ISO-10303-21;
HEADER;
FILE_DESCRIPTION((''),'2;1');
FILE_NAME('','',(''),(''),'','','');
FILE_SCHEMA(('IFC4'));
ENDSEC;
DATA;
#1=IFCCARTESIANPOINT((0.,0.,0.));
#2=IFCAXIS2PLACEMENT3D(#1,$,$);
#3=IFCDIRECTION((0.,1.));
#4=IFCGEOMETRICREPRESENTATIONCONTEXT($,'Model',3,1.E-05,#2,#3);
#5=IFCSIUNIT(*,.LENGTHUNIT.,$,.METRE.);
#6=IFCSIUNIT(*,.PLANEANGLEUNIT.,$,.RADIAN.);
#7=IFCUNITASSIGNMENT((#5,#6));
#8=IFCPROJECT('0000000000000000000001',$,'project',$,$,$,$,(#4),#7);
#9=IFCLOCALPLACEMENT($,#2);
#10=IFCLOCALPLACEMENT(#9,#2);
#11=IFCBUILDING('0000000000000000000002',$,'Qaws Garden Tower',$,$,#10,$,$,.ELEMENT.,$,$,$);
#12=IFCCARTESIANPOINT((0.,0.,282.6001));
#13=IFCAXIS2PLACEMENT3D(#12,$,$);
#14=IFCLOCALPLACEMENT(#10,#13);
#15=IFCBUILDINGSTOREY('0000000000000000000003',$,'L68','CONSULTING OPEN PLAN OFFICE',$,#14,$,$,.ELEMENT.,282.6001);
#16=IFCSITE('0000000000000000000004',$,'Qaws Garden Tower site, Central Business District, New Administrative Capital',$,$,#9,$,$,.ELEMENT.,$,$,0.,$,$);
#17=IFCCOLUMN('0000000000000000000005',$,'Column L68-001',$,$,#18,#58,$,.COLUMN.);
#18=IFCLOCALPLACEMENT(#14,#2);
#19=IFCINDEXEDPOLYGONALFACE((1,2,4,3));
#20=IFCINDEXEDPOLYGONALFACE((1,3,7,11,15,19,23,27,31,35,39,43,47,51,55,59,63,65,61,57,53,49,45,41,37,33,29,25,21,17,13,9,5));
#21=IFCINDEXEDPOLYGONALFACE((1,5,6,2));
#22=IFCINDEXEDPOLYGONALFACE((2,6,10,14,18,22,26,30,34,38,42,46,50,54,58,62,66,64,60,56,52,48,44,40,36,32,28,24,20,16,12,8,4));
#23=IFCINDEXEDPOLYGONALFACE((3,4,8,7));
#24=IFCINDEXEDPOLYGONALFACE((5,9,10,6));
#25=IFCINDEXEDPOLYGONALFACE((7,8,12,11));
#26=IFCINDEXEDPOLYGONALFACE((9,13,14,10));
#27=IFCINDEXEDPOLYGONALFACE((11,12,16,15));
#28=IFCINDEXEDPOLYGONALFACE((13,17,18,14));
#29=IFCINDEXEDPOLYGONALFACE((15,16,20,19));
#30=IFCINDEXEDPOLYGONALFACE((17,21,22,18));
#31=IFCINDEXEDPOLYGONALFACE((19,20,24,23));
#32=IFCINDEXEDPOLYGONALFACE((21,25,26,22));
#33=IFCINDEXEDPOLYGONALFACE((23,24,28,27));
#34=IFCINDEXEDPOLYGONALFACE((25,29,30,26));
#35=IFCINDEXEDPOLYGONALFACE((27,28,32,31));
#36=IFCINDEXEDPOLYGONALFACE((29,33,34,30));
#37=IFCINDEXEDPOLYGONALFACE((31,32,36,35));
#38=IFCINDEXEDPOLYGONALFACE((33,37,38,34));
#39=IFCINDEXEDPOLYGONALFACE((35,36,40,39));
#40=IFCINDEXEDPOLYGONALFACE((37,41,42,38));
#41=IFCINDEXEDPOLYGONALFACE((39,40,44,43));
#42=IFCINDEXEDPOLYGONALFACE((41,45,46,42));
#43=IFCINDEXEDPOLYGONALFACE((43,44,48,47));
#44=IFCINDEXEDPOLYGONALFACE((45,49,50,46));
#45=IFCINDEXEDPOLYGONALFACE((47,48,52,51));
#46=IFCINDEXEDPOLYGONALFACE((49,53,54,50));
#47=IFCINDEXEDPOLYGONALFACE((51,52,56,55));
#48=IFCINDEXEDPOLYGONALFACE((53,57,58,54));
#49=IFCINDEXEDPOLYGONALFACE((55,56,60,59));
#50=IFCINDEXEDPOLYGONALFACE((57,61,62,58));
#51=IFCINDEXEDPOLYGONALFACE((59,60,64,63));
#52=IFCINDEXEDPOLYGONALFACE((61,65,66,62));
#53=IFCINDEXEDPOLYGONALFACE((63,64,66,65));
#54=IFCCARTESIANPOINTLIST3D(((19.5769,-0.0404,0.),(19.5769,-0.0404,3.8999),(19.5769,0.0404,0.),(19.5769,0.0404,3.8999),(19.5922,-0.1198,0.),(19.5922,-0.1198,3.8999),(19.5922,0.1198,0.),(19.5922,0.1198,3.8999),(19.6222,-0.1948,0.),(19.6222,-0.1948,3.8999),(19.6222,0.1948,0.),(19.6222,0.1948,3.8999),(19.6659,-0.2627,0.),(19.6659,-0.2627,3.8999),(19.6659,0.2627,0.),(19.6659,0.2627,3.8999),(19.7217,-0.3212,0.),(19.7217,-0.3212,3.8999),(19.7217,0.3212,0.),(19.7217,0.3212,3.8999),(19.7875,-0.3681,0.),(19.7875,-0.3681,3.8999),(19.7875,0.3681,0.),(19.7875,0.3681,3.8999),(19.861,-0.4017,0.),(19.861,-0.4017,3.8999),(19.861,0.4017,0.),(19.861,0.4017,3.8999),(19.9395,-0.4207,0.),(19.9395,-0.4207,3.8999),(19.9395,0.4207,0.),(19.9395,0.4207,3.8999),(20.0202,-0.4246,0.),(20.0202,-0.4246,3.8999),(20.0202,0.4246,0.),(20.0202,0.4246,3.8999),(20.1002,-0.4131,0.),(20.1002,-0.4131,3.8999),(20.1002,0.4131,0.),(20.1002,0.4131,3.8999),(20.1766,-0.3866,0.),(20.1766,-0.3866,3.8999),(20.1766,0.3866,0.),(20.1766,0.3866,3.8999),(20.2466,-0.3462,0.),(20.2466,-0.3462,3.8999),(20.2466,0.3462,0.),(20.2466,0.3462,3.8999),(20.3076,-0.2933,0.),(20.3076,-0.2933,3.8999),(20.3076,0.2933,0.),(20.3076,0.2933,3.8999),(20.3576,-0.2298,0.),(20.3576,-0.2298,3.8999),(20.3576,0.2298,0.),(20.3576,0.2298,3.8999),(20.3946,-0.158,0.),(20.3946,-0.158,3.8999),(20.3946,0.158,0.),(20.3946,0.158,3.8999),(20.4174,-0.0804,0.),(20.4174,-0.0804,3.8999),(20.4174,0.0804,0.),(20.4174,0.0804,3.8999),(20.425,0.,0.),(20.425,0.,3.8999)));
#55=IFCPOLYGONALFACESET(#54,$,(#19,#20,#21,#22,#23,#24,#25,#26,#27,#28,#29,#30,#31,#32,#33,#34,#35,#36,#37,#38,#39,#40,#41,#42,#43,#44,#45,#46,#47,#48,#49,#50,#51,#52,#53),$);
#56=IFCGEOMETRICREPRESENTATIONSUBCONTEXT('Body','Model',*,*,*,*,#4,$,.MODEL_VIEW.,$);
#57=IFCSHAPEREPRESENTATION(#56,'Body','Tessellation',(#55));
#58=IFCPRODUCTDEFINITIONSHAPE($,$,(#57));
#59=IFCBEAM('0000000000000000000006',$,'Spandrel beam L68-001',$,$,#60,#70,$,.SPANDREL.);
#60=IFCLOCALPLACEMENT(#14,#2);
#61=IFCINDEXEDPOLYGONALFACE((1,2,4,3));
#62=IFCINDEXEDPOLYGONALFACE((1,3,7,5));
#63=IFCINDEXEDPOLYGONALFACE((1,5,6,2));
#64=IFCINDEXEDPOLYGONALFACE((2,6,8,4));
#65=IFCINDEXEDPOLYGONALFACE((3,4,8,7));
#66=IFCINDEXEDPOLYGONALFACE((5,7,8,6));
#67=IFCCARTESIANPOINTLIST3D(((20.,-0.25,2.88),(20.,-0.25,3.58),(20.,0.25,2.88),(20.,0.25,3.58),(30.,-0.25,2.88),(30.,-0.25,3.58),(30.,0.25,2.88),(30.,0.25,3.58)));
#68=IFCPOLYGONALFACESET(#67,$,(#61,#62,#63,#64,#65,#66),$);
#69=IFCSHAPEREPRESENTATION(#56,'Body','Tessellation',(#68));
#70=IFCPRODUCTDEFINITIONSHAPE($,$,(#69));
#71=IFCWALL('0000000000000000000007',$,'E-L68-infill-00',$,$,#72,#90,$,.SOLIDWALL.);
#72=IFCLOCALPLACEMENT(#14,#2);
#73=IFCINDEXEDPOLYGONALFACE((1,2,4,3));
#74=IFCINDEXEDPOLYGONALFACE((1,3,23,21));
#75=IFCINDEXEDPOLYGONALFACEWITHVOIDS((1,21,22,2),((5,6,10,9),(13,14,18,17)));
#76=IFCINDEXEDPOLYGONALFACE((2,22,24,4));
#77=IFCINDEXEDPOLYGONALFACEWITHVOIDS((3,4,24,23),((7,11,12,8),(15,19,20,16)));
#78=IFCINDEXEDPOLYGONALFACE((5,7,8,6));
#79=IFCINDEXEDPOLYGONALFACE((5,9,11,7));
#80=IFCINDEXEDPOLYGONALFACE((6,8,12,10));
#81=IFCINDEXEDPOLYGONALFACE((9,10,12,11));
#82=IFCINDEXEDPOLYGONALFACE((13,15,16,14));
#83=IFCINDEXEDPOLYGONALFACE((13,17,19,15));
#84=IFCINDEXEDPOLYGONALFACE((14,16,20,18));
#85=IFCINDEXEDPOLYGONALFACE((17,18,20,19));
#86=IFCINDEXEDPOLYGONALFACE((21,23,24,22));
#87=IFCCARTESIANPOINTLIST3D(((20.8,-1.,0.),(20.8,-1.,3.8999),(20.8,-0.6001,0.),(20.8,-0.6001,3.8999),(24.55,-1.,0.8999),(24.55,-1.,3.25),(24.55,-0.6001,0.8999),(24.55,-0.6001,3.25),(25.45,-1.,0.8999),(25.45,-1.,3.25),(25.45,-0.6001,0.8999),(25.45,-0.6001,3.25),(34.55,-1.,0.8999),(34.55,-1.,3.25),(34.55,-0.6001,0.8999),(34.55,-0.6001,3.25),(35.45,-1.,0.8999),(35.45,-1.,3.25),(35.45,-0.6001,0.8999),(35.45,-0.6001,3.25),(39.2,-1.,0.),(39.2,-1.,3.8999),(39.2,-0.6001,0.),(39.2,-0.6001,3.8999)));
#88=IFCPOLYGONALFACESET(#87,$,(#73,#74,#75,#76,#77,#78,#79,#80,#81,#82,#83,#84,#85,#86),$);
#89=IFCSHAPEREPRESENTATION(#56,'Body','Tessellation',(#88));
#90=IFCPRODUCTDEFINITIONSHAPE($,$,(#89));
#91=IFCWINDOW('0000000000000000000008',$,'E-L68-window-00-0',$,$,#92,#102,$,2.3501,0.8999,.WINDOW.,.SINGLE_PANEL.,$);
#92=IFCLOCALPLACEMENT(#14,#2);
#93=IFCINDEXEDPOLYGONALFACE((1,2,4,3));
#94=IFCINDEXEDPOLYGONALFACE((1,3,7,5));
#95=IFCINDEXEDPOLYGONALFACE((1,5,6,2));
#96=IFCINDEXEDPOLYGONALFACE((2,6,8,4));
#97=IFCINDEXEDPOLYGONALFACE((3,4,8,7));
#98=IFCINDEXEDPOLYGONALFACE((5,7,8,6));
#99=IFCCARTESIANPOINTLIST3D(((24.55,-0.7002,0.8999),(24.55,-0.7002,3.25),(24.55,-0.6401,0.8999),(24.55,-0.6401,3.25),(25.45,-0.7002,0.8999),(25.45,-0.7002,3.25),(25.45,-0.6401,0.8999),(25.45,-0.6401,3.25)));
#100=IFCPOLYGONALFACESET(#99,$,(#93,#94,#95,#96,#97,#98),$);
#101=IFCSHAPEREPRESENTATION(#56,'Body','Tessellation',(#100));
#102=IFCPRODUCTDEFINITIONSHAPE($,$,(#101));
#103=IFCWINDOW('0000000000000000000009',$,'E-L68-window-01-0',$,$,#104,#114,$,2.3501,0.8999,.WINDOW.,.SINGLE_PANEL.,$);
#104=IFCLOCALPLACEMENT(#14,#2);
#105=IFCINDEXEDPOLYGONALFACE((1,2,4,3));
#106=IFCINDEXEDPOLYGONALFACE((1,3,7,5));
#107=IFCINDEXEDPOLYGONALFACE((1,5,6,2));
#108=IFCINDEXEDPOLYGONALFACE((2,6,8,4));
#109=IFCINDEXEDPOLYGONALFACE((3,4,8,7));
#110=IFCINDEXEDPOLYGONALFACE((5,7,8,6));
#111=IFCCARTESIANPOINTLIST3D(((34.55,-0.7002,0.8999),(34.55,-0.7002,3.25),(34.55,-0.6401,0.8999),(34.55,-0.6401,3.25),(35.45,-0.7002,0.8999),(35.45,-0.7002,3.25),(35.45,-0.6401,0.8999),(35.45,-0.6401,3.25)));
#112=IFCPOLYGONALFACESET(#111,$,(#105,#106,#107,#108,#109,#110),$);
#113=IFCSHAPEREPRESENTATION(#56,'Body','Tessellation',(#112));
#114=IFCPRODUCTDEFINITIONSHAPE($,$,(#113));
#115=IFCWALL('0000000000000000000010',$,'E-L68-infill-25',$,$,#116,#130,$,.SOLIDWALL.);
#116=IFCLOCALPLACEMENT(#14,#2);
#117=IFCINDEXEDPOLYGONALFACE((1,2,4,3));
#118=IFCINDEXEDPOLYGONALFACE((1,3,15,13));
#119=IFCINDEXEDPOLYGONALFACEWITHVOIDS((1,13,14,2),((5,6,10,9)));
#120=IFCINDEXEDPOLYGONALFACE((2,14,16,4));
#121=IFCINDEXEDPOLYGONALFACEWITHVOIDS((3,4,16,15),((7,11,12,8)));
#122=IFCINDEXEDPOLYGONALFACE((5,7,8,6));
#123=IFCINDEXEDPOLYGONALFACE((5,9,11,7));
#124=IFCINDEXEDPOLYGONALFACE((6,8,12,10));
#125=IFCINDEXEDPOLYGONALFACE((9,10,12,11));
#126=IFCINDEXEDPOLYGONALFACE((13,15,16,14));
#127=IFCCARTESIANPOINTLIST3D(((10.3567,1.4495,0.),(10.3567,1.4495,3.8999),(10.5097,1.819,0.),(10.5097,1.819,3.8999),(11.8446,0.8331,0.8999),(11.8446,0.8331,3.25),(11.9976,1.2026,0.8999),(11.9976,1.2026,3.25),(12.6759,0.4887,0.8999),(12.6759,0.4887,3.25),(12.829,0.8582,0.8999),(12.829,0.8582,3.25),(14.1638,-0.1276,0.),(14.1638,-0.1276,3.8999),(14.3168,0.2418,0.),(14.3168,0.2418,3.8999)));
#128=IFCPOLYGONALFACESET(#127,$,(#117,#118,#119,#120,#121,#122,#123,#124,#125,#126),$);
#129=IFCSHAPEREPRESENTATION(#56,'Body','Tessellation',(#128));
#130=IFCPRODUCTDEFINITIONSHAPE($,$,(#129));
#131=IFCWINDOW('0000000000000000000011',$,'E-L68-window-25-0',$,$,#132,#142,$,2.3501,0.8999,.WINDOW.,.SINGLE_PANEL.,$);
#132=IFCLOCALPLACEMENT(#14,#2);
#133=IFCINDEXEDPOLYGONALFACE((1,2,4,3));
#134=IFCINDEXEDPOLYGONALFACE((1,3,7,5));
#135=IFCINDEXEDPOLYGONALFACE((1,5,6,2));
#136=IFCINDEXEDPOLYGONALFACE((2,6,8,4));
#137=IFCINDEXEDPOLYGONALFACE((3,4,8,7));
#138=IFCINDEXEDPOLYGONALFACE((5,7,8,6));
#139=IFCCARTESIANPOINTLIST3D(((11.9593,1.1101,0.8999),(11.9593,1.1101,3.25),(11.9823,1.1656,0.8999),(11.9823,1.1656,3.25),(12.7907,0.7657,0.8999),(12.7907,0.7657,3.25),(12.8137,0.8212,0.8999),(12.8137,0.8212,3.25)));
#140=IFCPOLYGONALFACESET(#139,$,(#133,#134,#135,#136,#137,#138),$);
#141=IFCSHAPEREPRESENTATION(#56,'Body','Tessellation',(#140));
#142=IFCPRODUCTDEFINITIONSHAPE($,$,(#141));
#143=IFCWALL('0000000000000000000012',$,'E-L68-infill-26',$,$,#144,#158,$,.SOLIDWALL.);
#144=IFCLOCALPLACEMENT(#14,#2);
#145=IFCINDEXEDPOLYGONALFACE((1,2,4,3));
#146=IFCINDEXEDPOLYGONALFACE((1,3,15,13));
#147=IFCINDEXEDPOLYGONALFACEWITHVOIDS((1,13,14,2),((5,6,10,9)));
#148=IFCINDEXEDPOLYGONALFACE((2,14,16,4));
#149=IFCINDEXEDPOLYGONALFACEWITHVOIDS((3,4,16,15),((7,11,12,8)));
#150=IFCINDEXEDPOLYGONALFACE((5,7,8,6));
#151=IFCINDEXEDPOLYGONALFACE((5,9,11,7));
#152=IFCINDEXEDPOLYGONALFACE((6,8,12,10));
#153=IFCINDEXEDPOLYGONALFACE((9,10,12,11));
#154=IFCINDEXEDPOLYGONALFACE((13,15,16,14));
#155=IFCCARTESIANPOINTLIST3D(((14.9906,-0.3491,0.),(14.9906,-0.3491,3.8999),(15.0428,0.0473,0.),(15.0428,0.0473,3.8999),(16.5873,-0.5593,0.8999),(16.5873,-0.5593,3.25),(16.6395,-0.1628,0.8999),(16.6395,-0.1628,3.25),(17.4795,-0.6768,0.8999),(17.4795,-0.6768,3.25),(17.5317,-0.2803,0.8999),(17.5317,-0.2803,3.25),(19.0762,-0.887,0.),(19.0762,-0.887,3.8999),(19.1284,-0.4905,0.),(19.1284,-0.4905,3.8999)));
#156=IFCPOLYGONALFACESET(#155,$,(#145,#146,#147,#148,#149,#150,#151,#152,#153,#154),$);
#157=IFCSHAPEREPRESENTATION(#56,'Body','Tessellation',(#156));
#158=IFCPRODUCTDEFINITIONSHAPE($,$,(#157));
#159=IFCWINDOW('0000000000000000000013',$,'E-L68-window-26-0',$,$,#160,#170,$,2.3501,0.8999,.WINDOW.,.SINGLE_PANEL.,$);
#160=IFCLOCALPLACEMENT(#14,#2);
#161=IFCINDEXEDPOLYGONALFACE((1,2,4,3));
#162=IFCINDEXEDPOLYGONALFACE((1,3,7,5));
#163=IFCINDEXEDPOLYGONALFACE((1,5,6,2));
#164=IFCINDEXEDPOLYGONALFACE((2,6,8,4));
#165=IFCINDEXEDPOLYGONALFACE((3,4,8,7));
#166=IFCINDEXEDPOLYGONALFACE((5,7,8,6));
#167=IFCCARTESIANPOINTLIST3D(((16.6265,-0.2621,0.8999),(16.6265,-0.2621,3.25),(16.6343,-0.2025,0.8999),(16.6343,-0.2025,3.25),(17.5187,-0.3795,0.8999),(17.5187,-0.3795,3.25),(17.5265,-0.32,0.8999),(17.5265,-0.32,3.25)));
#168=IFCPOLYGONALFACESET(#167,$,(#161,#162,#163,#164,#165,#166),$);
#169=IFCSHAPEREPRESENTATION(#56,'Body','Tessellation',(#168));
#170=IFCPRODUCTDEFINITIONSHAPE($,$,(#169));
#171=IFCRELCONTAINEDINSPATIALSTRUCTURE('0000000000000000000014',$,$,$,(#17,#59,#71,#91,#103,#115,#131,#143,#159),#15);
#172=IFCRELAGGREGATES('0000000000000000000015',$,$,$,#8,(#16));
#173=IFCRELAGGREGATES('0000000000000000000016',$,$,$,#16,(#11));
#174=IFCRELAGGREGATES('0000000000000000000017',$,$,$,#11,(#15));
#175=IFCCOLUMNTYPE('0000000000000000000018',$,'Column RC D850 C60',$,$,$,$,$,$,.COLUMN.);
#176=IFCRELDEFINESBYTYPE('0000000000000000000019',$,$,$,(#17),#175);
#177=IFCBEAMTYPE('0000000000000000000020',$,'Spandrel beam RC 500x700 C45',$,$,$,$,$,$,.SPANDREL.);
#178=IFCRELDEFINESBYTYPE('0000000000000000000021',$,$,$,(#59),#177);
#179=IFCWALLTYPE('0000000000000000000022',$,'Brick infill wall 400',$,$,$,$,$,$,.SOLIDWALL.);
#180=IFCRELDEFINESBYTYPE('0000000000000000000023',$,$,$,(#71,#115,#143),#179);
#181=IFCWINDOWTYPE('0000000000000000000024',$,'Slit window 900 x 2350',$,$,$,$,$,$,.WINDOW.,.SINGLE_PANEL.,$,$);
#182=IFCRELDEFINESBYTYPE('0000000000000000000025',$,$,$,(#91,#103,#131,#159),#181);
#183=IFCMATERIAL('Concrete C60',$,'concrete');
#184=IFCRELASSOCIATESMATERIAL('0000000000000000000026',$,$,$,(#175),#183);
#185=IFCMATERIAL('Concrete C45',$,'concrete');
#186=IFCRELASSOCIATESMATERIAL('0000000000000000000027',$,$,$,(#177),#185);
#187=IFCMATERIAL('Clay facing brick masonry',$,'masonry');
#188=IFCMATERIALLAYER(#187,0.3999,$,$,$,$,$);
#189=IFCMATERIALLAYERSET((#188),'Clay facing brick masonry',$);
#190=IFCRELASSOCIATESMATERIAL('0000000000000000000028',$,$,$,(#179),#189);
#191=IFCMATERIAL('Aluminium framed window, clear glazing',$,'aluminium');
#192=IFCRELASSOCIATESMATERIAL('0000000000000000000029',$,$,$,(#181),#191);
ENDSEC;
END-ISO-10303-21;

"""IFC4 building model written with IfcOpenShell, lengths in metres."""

from ifc_helpers import new_model, si_unit, direction, frame, frame_2d, origin, origin_2d, place, context, subcontext, project, spatial, rectangle, circle, extrude, material, layer, layer_set, material_profile, profile_set, type_object, element, fill, save


model = new_model("IFC4")

# Units and contexts
model_context = context("Model", 3, precision=1e-05, world=origin(), true_north=direction((0.0, 1.0)))
body_context = subcontext(model_context, "Body", "Model", "MODEL_VIEW")
ifc_project = project(units=[si_unit("LENGTHUNIT", "METRE"), si_unit("PLANEANGLEUNIT", "RADIAN")], contexts=[model_context])

# Site, building, storey
site_placement = place(None, origin())
site = spatial("IfcSite", under=ifc_project, at=site_placement, Name="Qaws Garden Tower site, Central Business District, New Administrative Capital", CompositionType="ELEMENT", RefElevation=0.0)
building_placement = place(site_placement, origin())
building = spatial("IfcBuilding", under=site, at=building_placement, Name="Qaws Garden Tower", CompositionType="ELEMENT")
storey_placement = place(building_placement, frame((0.0, 0.0, 282.6001)))
storey = spatial("IfcBuildingStorey", under=building, at=storey_placement, Name="L68", Description="CONSULTING OPEN PLAN OFFICE", CompositionType="ELEMENT", Elevation=282.6001)

# Column
ifc_material_1 = material(Name="Concrete C60", Category="concrete")
ifc_material_profile_1 = material_profile(ifc_material_1, circle(Radius=0.425, at=origin_2d()), Name="RC D850")
ifc_profile_set_1 = profile_set([ifc_material_profile_1], Name="Concrete C60")
column_type = type_object("IfcColumnType", Name="Column RC D850 C60", PredefinedType="COLUMN", material=ifc_profile_set_1)
column_placement = place(storey_placement, frame((20.0, 0.0, 0.0), z_axis=(0.0, 0.0, 1.0), x_axis=(1.0, 0.0, 0.0)))
element("IfcColumn", 1, at=column_placement, inside=storey, type_object=column_type, Name="Column L68-001", PredefinedType="COLUMN", context=body_context, shape_type="SweptSolid", body=[
    extrude(circle(Radius=0.425, at=origin_2d()), origin(), (0.0, 0.0, 1.0), 3.8999),
])

# Beam
ifc_material_2 = material(Name="Concrete C45", Category="concrete")
ifc_material_profile_2 = material_profile(ifc_material_2, rectangle(XDim=0.5, YDim=0.7, at=origin_2d()), Name="RC 500x700")
ifc_profile_set_2 = profile_set([ifc_material_profile_2], Name="Concrete C45")
beam_type = type_object("IfcBeamType", Name="Spandrel beam RC 500x700 C45", PredefinedType="SPANDREL", material=ifc_profile_set_2)
beam_placement = place(storey_placement, frame((20.0, 0.0, 3.23), z_axis=(1.0, 0.0, 0.0), x_axis=(0.0, 1.0, 0.0)))
element("IfcBeam", 2, at=beam_placement, inside=storey, type_object=beam_type, Name="Spandrel beam L68-001", PredefinedType="SPANDREL", context=body_context, shape_type="SweptSolid", body=[
    extrude(rectangle(XDim=0.5, YDim=0.7, at=origin_2d()), origin(), (0.0, 0.0, 1.0), 10.0),
])

# Wall, openings, windows
ifc_material_3 = material(Name="Clay facing brick masonry", Category="masonry")
ifc_layer_1 = layer(ifc_material_3, 0.3999)
ifc_layer_set_1 = layer_set([ifc_layer_1], Name="Clay facing brick masonry")
wall_type_1 = type_object("IfcWallType", Name="Brick infill wall 400", PredefinedType="SOLIDWALL", material=ifc_layer_set_1)
wall_1_placement = place(storey_placement, frame((20.8, -0.8, 0.0), z_axis=(0.0, 0.0, 1.0), x_axis=(1.0, 0.0, 0.0)))
wall_1 = element("IfcWall", 3, at=wall_1_placement, inside=storey, type_object=wall_type_1, Name="E-L68-infill-00", PredefinedType="SOLIDWALL", context=body_context, shape_type="SweptSolid", body=[
    extrude(rectangle(XDim=18.3999, YDim=0.3999, at=frame_2d((9.2, 0.0))), origin(), (0.0, 0.0, 1.0), 3.8999),
])
opening_1_placement = place(wall_1_placement, frame((3.75, 0.0, 0.8999)))
opening_1 = element("IfcOpeningElement", 4, at=opening_1_placement, cuts=wall_1, PredefinedType="OPENING", context=body_context, shape_type="SweptSolid", body=[
    extrude(rectangle(XDim=0.8999, YDim=2.3501, at=frame_2d((0.45, 1.175))), frame((0.0, 0.21, 0.0), z_axis=(0.0, -1.0, 0.0), x_axis=(1.0, 0.0, 0.0)), (0.0, 0.0, 1.0), 0.4199),
])
opening_2_placement = place(wall_1_placement, frame((13.75, 0.0, 0.8999)))
opening_2 = element("IfcOpeningElement", 5, at=opening_2_placement, cuts=wall_1, PredefinedType="OPENING", context=body_context, shape_type="SweptSolid", body=[
    extrude(rectangle(XDim=0.8999, YDim=2.3501, at=frame_2d((0.45, 1.175))), frame((0.0, 0.21, 0.0), z_axis=(0.0, -1.0, 0.0), x_axis=(1.0, 0.0, 0.0)), (0.0, 0.0, 1.0), 0.4199),
])
ifc_material_4 = material(Name="Aluminium framed window, clear glazing", Category="aluminium")
window_type = type_object("IfcWindowType", Name="Slit window 900 x 2350", PartitioningType="SINGLE_PANEL", PredefinedType="WINDOW", material=ifc_material_4)
window_1_placement = place(opening_1_placement, origin())
window_1 = element("IfcWindow", 6, at=window_1_placement, inside=storey, type_object=window_type, Name="E-L68-window-00-0", OverallHeight=2.3501, OverallWidth=0.8999, PartitioningType="SINGLE_PANEL", PredefinedType="WINDOW", context=body_context, shape_type="SweptSolid", body=[
    extrude(rectangle(XDim=0.8999, YDim=2.3501, at=frame_2d((0.45, 1.175))), frame((0.0, 0.1599, 0.0), z_axis=(0.0, -1.0, 0.0), x_axis=(1.0, 0.0, 0.0)), (0.0, 0.0, 1.0), 0.0601),
])
fill(opening_1, window_1)
window_2_placement = place(opening_2_placement, origin())
window_2 = element("IfcWindow", 7, at=window_2_placement, inside=storey, type_object=window_type, Name="E-L68-window-01-0", OverallHeight=2.3501, OverallWidth=0.8999, PartitioningType="SINGLE_PANEL", PredefinedType="WINDOW", context=body_context, shape_type="SweptSolid", body=[
    extrude(rectangle(XDim=0.8999, YDim=2.3501, at=frame_2d((0.45, 1.175))), frame((0.0, 0.1599, 0.0), z_axis=(0.0, -1.0, 0.0), x_axis=(1.0, 0.0, 0.0)), (0.0, 0.0, 1.0), 0.0601),
])
fill(opening_2, window_2)

# Walls, openings, windows
wall_2_placement = place(storey_placement, frame((10.4331, 1.6343, 0.0), z_axis=(0.0, 0.0, 1.0), x_axis=(0.923864, -0.382722, 0.0)))
wall_2 = element("IfcWall", 8, at=wall_2_placement, inside=storey, type_object=wall_type_1, Name="E-L68-infill-25", PredefinedType="SOLIDWALL", context=body_context, shape_type="SweptSolid", body=[
    extrude(rectangle(XDim=4.1208, YDim=0.3999, at=frame_2d((2.0605, 0.0))), origin(), (0.0, 0.0, 1.0), 3.8999),
])
opening_3_placement = place(wall_2_placement, frame((1.6106, 0.0, 0.8999)))
opening_3 = element("IfcOpeningElement", 9, at=opening_3_placement, cuts=wall_2, PredefinedType="OPENING", context=body_context, shape_type="SweptSolid", body=[
    extrude(rectangle(XDim=0.8999, YDim=2.3501, at=frame_2d((0.45, 1.175))), frame((0.0, 0.21, 0.0), z_axis=(0.0, -1.0, 0.0), x_axis=(1.0, 0.0, 0.0)), (0.0, 0.0, 1.0), 0.4199),
])
window_3_placement = place(opening_3_placement, origin())
window_3 = element("IfcWindow", 10, at=window_3_placement, inside=storey, type_object=window_type, Name="E-L68-window-25-0", OverallHeight=2.3501, OverallWidth=0.8999, PartitioningType="SINGLE_PANEL", PredefinedType="WINDOW", context=body_context, shape_type="SweptSolid", body=[
    extrude(rectangle(XDim=0.8999, YDim=2.3501, at=frame_2d((0.45, 1.175))), frame((0.0, 0.1599, 0.0), z_axis=(0.0, -1.0, 0.0), x_axis=(1.0, 0.0, 0.0)), (0.0, 0.0, 1.0), 0.0601),
])
fill(opening_3, window_3)
wall_3_placement = place(storey_placement, frame((15.0166, -0.1509, 0.0), z_axis=(0.0, 0.0, 1.0), x_axis=(0.991446, -0.130514, 0.0)))
wall_3 = element("IfcWall", 11, at=wall_3_placement, inside=storey, type_object=wall_type_1, Name="E-L68-infill-26", PredefinedType="SOLIDWALL", context=body_context, shape_type="SweptSolid", body=[
    extrude(rectangle(XDim=4.1208, YDim=0.3999, at=frame_2d((2.0605, 0.0))), origin(), (0.0, 0.0, 1.0), 3.8999),
])
opening_4_placement = place(wall_3_placement, frame((1.6106, 0.0, 0.8999)))
opening_4 = element("IfcOpeningElement", 12, at=opening_4_placement, cuts=wall_3, PredefinedType="OPENING", context=body_context, shape_type="SweptSolid", body=[
    extrude(rectangle(XDim=0.8999, YDim=2.3501, at=frame_2d((0.45, 1.175))), frame((0.0, 0.21, 0.0), z_axis=(0.0, -1.0, 0.0), x_axis=(1.0, 0.0, 0.0)), (0.0, 0.0, 1.0), 0.4199),
])
window_4_placement = place(opening_4_placement, origin())
window_4 = element("IfcWindow", 13, at=window_4_placement, inside=storey, type_object=window_type, Name="E-L68-window-26-0", OverallHeight=2.3501, OverallWidth=0.8999, PartitioningType="SINGLE_PANEL", PredefinedType="WINDOW", context=body_context, shape_type="SweptSolid", body=[
    extrude(rectangle(XDim=0.8999, YDim=2.3501, at=frame_2d((0.45, 1.175))), frame((0.0, 0.1599, 0.0), z_axis=(0.0, -1.0, 0.0), x_axis=(1.0, 0.0, 0.0)), (0.0, 0.0, 1.0), 0.0601),
])
fill(opening_4, window_4)

save(model, "model.ifc")
